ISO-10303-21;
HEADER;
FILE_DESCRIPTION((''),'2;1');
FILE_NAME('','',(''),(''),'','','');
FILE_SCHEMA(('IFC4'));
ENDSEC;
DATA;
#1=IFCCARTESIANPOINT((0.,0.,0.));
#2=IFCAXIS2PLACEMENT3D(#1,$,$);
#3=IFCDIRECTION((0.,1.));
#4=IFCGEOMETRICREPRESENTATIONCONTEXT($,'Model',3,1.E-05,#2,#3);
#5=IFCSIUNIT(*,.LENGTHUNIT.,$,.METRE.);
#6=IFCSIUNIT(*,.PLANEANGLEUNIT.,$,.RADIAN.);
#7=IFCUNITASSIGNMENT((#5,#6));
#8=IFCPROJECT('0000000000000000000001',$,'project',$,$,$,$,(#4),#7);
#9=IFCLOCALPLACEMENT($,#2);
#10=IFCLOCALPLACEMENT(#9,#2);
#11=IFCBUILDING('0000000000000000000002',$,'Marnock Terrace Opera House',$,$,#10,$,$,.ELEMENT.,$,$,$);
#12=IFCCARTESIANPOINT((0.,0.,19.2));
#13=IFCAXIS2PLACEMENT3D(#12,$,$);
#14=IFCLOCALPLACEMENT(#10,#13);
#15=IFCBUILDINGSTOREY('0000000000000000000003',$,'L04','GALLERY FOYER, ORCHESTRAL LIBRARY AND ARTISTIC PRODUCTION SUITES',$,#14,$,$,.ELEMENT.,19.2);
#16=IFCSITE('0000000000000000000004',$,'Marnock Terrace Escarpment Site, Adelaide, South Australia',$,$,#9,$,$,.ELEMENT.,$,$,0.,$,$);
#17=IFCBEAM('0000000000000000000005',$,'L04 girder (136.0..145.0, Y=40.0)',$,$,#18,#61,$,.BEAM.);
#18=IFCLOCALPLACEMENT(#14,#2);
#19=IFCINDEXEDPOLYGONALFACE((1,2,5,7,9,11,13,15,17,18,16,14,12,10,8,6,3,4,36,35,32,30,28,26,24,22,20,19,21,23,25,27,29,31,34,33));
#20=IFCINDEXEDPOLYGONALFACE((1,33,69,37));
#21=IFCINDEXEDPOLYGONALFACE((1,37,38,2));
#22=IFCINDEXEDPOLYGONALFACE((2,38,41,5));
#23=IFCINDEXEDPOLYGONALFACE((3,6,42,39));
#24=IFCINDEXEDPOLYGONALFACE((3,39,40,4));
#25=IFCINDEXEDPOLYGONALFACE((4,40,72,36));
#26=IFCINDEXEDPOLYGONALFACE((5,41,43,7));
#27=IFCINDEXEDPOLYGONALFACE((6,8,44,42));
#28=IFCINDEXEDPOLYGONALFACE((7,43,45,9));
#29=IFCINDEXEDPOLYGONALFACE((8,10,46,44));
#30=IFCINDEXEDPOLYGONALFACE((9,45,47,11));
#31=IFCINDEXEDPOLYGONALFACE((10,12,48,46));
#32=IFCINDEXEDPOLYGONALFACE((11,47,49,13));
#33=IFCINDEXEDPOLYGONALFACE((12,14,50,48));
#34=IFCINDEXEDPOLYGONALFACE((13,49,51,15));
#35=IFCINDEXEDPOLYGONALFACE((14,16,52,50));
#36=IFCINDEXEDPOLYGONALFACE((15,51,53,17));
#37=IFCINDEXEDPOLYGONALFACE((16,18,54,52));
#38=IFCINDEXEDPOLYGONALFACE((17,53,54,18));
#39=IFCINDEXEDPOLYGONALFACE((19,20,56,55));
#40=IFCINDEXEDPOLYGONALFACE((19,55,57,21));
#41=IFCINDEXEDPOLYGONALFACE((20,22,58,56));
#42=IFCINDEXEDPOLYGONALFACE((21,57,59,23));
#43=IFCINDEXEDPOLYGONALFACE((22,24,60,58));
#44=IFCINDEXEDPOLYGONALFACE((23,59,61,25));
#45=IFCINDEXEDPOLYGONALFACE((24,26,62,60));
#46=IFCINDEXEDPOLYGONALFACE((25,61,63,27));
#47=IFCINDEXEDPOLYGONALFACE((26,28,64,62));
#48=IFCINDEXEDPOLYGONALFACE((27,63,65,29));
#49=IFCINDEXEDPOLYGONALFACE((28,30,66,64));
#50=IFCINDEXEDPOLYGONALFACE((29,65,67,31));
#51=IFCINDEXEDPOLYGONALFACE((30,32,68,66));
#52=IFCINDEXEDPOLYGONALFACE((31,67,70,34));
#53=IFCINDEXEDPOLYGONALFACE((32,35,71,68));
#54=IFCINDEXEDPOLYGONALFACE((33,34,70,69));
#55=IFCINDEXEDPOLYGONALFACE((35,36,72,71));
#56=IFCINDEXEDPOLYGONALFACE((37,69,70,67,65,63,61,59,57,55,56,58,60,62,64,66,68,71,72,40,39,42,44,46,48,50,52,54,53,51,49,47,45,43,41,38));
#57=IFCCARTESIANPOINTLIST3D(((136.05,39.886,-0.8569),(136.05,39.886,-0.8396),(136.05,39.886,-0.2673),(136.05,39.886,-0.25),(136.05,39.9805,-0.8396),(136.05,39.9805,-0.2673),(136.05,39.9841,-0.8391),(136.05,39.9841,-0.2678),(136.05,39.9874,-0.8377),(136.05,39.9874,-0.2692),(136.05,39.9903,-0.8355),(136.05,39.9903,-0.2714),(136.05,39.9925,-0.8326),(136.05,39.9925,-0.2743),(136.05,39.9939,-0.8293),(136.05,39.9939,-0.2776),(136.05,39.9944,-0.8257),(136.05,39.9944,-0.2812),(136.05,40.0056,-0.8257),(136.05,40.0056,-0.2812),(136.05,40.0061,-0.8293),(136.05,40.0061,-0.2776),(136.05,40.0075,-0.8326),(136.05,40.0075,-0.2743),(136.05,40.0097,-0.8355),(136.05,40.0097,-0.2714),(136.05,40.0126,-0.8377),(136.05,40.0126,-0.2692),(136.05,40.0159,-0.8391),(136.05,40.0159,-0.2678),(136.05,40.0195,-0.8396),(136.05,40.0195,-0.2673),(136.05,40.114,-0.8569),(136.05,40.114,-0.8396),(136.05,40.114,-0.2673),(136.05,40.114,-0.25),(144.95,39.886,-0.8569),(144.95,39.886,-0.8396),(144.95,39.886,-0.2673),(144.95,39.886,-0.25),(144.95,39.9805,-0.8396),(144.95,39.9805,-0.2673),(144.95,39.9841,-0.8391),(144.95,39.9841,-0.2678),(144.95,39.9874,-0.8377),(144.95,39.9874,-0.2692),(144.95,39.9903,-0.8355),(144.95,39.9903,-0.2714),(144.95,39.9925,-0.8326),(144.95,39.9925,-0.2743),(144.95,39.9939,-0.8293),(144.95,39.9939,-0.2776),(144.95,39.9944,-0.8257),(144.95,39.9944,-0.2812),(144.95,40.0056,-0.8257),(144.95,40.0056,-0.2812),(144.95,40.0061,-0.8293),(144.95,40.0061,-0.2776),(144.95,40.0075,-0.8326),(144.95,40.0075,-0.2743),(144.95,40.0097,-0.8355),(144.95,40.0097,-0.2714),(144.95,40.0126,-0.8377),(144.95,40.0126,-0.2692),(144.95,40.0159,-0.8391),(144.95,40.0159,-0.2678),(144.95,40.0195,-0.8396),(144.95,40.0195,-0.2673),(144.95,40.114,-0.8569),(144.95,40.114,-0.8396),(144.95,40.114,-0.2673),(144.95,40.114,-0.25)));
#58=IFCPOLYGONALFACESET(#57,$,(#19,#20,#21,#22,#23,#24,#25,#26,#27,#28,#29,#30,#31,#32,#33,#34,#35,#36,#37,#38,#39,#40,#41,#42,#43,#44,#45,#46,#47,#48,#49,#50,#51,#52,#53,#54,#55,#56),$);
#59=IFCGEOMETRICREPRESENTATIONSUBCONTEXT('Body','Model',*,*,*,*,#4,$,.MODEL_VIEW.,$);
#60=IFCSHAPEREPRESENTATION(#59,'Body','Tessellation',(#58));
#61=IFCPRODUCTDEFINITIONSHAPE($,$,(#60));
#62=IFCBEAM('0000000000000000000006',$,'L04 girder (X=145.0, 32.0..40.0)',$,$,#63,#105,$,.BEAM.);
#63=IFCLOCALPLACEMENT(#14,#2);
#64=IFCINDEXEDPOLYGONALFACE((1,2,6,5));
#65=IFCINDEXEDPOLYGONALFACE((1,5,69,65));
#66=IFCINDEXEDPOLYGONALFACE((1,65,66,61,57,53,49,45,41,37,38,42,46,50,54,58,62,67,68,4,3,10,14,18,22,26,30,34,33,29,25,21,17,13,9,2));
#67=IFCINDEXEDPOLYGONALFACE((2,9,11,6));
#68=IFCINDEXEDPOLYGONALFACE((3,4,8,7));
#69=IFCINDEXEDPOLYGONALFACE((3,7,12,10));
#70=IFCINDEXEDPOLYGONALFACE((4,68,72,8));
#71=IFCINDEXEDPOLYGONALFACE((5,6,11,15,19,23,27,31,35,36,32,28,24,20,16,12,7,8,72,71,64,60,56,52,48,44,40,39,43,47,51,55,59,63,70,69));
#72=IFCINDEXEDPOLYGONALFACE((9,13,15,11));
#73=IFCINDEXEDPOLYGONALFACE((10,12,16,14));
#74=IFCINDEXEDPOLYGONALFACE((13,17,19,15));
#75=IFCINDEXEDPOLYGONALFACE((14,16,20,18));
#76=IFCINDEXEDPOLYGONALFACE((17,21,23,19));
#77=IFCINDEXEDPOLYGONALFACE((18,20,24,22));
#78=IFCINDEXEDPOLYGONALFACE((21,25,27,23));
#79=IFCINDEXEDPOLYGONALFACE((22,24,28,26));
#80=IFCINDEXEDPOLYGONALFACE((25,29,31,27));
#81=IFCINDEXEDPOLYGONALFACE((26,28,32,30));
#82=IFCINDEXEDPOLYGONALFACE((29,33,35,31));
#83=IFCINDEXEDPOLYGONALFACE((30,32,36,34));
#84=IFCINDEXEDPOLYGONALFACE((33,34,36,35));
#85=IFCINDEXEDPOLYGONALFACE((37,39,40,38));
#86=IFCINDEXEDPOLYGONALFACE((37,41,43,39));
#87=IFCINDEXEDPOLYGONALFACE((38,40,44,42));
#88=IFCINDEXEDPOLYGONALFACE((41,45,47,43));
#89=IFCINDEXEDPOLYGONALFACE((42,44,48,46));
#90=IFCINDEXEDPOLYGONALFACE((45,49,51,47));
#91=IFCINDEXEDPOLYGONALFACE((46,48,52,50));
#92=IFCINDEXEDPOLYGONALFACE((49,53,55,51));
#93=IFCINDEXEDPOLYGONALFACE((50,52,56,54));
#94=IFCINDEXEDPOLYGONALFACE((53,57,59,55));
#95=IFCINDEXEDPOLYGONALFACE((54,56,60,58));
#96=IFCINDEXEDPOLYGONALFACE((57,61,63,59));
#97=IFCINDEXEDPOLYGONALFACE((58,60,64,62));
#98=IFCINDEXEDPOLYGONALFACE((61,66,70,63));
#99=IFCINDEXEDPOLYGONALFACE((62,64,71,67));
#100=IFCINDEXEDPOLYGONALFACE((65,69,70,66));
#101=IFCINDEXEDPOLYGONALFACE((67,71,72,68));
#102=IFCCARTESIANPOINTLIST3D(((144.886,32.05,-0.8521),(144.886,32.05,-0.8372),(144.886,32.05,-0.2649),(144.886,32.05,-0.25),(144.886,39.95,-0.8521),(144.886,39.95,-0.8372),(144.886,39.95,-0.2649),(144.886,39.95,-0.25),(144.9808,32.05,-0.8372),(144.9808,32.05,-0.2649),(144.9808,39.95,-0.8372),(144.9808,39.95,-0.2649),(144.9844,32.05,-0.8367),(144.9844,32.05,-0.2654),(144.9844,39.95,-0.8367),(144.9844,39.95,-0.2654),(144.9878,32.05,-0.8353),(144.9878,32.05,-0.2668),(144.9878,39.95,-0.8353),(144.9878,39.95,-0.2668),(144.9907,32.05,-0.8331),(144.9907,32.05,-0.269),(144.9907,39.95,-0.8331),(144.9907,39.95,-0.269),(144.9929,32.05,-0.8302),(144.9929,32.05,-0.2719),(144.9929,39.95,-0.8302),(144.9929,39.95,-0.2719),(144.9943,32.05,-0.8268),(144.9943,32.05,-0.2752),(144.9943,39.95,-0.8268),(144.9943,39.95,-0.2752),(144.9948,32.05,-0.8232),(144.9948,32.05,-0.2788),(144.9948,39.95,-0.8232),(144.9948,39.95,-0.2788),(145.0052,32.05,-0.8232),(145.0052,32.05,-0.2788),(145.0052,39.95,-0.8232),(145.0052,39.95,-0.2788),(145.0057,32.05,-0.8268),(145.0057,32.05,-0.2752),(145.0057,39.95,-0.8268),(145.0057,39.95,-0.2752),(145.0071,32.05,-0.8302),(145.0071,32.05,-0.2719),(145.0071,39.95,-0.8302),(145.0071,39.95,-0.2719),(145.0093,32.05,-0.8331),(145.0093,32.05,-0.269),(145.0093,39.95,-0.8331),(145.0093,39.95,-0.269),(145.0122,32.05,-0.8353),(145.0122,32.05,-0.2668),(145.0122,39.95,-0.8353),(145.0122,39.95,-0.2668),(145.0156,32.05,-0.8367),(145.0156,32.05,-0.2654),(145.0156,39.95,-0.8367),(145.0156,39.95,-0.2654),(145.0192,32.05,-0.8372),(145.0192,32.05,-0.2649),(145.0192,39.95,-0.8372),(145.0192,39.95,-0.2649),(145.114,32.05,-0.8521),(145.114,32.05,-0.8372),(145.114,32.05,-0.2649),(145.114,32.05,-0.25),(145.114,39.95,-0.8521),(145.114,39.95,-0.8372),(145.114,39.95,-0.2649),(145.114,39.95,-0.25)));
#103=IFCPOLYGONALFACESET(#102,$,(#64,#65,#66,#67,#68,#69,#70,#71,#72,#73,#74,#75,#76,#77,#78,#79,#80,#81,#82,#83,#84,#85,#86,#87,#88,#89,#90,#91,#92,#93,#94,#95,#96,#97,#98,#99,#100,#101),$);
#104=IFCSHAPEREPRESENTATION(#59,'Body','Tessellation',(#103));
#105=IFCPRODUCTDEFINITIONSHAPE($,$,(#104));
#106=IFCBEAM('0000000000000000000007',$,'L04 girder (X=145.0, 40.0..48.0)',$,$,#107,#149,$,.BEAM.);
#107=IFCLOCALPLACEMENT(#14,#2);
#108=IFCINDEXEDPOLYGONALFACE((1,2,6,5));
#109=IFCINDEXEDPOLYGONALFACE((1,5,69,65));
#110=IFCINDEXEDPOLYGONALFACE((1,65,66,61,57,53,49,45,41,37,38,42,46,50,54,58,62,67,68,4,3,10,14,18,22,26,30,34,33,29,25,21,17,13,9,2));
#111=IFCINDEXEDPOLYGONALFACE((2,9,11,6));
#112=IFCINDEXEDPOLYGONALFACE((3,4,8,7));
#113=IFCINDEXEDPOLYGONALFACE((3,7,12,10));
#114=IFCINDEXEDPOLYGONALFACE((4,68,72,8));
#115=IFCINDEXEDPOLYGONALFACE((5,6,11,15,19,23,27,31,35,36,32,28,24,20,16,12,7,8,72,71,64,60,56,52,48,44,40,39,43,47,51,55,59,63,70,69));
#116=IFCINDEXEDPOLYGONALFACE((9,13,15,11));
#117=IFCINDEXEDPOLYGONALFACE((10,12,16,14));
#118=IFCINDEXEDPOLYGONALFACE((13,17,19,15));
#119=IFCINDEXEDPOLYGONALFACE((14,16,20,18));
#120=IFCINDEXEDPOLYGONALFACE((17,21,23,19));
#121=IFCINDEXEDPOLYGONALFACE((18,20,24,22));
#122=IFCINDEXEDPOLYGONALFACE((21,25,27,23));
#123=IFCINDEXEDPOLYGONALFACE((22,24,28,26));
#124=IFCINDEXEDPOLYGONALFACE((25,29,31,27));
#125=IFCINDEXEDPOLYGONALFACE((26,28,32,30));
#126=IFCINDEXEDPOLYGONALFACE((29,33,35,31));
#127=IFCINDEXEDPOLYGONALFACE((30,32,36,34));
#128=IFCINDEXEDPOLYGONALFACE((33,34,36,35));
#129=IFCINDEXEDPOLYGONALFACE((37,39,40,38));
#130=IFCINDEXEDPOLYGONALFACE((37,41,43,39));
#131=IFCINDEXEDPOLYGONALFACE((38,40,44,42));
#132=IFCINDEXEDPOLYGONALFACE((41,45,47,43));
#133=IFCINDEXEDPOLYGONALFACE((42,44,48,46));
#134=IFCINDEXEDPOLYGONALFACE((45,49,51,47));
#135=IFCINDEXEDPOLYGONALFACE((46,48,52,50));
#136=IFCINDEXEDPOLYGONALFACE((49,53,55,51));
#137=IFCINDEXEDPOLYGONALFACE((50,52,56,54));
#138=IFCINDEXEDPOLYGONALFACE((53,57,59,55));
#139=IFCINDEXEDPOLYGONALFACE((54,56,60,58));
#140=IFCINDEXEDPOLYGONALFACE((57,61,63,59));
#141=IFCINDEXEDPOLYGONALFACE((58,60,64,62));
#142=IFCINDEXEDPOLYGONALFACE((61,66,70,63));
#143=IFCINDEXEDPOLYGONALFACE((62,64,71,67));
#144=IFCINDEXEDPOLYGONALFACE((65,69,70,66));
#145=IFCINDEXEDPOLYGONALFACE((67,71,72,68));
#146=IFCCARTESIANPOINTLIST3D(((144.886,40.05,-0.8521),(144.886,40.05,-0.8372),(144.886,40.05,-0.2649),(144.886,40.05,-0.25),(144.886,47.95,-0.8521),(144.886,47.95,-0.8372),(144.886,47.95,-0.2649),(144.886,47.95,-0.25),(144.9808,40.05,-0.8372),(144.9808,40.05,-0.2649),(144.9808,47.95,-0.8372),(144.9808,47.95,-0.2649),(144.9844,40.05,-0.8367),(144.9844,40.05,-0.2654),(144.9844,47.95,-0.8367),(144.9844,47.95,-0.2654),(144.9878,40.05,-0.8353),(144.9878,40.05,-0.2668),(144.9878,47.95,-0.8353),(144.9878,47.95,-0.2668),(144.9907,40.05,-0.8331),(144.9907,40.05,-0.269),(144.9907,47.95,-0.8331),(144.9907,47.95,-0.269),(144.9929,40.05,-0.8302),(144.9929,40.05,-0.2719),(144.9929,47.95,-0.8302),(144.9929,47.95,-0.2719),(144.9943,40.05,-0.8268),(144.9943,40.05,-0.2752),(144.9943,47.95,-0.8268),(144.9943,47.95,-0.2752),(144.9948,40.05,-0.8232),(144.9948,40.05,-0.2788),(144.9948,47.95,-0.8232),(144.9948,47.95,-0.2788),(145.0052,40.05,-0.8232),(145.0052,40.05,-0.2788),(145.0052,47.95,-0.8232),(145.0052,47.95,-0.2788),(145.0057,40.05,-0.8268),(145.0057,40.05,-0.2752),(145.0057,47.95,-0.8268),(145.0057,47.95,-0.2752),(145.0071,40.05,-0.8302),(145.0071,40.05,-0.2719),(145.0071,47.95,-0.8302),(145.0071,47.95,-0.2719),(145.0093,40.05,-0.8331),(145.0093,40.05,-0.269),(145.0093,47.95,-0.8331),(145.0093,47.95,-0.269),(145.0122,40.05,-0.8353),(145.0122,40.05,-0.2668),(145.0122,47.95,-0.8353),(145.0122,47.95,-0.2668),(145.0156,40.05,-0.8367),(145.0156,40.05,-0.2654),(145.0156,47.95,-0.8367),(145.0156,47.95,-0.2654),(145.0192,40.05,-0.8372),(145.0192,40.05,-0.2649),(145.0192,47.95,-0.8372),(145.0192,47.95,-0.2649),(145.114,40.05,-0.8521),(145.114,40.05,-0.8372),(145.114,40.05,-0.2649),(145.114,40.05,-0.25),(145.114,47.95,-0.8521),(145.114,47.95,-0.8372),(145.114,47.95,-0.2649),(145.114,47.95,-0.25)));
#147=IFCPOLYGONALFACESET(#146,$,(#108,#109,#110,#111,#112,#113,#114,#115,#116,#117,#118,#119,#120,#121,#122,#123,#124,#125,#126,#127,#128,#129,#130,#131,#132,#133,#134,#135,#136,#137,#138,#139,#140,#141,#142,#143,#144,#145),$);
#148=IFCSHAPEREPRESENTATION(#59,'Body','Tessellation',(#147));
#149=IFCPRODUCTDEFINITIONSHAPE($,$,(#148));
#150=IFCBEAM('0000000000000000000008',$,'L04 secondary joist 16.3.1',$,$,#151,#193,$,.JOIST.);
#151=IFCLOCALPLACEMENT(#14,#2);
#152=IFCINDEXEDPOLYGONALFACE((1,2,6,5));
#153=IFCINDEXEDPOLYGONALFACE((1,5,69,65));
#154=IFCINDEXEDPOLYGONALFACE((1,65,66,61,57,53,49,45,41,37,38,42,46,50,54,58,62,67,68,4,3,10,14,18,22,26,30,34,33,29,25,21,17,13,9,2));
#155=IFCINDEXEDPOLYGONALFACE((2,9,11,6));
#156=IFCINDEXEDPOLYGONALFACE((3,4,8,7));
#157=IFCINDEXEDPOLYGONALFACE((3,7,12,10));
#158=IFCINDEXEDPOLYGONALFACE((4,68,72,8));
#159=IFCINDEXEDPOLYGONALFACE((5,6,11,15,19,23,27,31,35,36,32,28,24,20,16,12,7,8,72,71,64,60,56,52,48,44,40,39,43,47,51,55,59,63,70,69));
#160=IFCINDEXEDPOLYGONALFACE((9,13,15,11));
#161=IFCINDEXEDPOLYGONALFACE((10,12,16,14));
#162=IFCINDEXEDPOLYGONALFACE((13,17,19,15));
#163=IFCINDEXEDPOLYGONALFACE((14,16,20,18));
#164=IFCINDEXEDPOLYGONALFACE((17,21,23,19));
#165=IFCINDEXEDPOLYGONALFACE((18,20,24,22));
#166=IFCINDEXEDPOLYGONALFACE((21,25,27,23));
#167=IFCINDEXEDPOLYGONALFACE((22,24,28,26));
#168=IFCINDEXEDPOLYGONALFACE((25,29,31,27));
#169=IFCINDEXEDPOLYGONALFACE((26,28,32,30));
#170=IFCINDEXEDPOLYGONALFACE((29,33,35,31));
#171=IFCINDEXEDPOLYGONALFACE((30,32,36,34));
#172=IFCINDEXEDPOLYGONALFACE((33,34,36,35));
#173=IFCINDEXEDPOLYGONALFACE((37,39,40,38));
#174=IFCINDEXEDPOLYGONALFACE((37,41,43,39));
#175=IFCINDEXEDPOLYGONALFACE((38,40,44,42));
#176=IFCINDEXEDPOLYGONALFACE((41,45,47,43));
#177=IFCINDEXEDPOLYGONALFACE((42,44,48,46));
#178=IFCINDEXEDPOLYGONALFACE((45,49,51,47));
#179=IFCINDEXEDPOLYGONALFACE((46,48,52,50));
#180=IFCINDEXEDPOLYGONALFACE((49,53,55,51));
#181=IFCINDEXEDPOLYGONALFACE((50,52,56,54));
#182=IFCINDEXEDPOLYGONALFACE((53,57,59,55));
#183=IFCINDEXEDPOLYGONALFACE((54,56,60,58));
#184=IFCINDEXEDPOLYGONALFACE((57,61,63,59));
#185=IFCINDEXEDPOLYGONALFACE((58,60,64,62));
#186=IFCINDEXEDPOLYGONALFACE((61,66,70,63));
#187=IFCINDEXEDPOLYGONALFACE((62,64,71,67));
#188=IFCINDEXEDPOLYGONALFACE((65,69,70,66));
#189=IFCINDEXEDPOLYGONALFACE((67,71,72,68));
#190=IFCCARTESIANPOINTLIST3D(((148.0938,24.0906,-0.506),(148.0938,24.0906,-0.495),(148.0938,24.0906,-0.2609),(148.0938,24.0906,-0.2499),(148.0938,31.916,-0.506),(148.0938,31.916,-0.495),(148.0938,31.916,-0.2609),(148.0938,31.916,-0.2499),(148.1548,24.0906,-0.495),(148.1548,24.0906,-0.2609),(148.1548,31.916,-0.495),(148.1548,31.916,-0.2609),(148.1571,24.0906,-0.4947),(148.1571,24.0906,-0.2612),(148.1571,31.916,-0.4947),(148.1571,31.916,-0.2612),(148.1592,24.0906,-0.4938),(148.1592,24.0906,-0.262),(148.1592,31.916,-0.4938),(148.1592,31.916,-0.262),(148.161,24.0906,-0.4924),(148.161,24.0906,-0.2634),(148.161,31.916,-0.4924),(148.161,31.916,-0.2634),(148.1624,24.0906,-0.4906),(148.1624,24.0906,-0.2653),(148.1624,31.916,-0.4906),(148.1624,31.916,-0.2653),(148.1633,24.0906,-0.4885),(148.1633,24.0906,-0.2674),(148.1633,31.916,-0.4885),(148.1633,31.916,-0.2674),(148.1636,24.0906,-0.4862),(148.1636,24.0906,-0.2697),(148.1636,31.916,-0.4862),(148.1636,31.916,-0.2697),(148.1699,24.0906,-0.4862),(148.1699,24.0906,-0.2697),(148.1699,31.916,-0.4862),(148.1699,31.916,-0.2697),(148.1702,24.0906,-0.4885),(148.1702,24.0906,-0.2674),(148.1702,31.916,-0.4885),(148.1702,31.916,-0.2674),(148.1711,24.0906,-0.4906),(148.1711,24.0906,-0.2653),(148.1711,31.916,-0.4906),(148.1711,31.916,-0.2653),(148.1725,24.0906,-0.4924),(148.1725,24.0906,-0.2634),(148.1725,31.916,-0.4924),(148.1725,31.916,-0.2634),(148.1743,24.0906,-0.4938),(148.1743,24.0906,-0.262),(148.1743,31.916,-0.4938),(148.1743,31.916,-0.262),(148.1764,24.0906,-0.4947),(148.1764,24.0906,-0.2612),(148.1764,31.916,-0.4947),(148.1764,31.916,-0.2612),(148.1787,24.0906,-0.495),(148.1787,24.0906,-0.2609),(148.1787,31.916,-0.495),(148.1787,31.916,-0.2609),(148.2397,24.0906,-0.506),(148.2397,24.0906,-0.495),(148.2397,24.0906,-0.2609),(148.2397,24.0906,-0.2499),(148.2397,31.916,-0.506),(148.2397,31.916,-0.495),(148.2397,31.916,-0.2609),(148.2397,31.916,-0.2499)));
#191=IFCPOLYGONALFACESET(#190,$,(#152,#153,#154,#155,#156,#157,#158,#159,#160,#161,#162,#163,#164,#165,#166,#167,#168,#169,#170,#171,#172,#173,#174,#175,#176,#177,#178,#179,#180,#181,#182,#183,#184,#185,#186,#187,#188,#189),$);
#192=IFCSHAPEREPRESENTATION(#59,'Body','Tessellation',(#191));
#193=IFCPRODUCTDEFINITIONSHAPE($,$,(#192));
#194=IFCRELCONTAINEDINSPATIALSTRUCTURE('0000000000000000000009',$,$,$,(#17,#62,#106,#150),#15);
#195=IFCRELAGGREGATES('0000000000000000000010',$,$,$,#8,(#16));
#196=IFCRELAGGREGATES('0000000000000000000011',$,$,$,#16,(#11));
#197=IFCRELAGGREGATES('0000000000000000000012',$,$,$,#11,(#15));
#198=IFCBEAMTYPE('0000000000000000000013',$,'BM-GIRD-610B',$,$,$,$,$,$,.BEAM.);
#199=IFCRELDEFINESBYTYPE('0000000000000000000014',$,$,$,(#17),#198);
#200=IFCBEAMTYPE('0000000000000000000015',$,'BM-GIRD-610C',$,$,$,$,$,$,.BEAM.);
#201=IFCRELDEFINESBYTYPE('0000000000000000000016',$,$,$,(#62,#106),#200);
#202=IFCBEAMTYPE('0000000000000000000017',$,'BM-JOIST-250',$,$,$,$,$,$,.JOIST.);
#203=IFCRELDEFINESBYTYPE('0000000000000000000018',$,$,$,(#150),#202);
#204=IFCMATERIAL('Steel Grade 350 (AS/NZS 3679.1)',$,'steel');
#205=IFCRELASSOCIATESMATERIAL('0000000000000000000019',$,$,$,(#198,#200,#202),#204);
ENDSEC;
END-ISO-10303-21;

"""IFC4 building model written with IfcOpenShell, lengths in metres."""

from ifc_helpers import new_model, si_unit, direction, frame, origin, origin_2d, place, context, subcontext, project, spatial, i_section, extrude, material, material_profile, profile_set, type_object, element, save


model = new_model("IFC4")

# Units and contexts
model_context = context("Model", 3, precision=1e-05, world=origin(), true_north=direction((0.0, 1.0)))
body_context = subcontext(model_context, "Body", "Model", "MODEL_VIEW")
ifc_project = project(units=[si_unit("LENGTHUNIT", "METRE"), si_unit("PLANEANGLEUNIT", "RADIAN")], contexts=[model_context])

# Site, building, storey
site_placement = place(None, origin())
site = spatial("IfcSite", under=ifc_project, at=site_placement, Name="Marnock Terrace Escarpment Site, Adelaide, South Australia", CompositionType="ELEMENT", RefElevation=0.0)
building_placement = place(site_placement, origin())
building = spatial("IfcBuilding", under=site, at=building_placement, Name="Marnock Terrace Opera House", CompositionType="ELEMENT")
storey_placement = place(building_placement, frame((0.0, 0.0, 19.2)))
storey = spatial("IfcBuildingStorey", under=building, at=storey_placement, Name="L04", Description="GALLERY FOYER, ORCHESTRAL LIBRARY AND ARTISTIC PRODUCTION SUITES", CompositionType="ELEMENT", Elevation=19.2)

# Shared definitions
ifc_material_1 = material(Name="Steel Grade 350 (AS/NZS 3679.1)", Category="steel")

# Beams
ifc_material_profile_1 = material_profile(ifc_material_1, i_section(OverallWidth=0.228, OverallDepth=0.6069, WebThickness=0.0112, FlangeThickness=0.0173, FilletRadius=0.0139, at=origin_2d()))
ifc_profile_set_1 = profile_set([ifc_material_profile_1], Name="Steel Grade 350 (AS/NZS 3679.1)")
beam_type_1 = type_object("IfcBeamType", Name="BM-GIRD-610B", PredefinedType="BEAM", material=ifc_profile_set_1)
beam_1_placement = place(storey_placement, frame((136.05, 40.0, -0.5535), z_axis=(1.0, 0.0, 0.0), x_axis=(0.0, 1.0, 0.0)))
element("IfcBeam", 1, at=beam_1_placement, inside=storey, type_object=beam_type_1, Name="L04 girder (136.0..145.0, Y=40.0)", PredefinedType="BEAM", context=body_context, shape_type="SweptSolid", body=[
    extrude(i_section(OverallWidth=0.228, OverallDepth=0.6069, WebThickness=0.0112, FlangeThickness=0.0173, FilletRadius=0.0139, at=origin_2d()), origin(), (0.0, 0.0, 1.0), 8.8999),
])
ifc_material_profile_2 = material_profile(ifc_material_1, i_section(OverallWidth=0.228, OverallDepth=0.6021, WebThickness=0.0105, FlangeThickness=0.0149, FilletRadius=0.0139, at=origin_2d()))
ifc_profile_set_2 = profile_set([ifc_material_profile_2], Name="Steel Grade 350 (AS/NZS 3679.1)")
beam_type_2 = type_object("IfcBeamType", Name="BM-GIRD-610C", PredefinedType="BEAM", material=ifc_profile_set_2)
for number, where, z_axis, x_axis, name in (
    (2, (145.0, 32.05, -0.551), (0.0, 1.0, 0.0), (-1.0, 0.0, 0.0), "L04 girder (X=145.0, 32.0..40.0)"),
    (3, (145.0, 40.05, -0.551), (0.0, 1.0, 0.0), (-1.0, 0.0, 0.0), "L04 girder (X=145.0, 40.0..48.0)"),
):
    element("IfcBeam", number, at=place(storey_placement, frame(where, z_axis=z_axis, x_axis=x_axis)), inside=storey, type_object=beam_type_2, Name=name, PredefinedType="BEAM", context=body_context, shape_type="SweptSolid", body=[
        extrude(i_section(OverallWidth=0.228, OverallDepth=0.6021, WebThickness=0.0105, FlangeThickness=0.0149, FilletRadius=0.0139, at=origin_2d()), origin(), (0.0, 0.0, 1.0), 7.8999),
    ])
ifc_material_profile_3 = material_profile(ifc_material_1, i_section(OverallWidth=0.146, OverallDepth=0.2561, WebThickness=0.0063, FlangeThickness=0.011, FilletRadius=0.0088, at=origin_2d()))
ifc_profile_set_3 = profile_set([ifc_material_profile_3], Name="Steel Grade 350 (AS/NZS 3679.1)")
beam_type_3 = type_object("IfcBeamType", Name="BM-JOIST-250", PredefinedType="JOIST", material=ifc_profile_set_3)
for number, where, z_axis, x_axis, name in (
    (4, (148.1667, 24.0906, -0.3779), (0.0, 1.0, 0.0), (-1.0, 0.0, 0.0), "L04 secondary joist 16.3.1"),
):
    element("IfcBeam", number, at=place(storey_placement, frame(where, z_axis=z_axis, x_axis=x_axis)), inside=storey, type_object=beam_type_3, Name=name, PredefinedType="JOIST", context=body_context, shape_type="SweptSolid", body=[
        extrude(i_section(OverallWidth=0.146, OverallDepth=0.2561, WebThickness=0.0063, FlangeThickness=0.011, FilletRadius=0.0088, at=origin_2d()), origin(), (0.0, 0.0, 1.0), 7.8254),
    ])

save(model, "model.ifc")
